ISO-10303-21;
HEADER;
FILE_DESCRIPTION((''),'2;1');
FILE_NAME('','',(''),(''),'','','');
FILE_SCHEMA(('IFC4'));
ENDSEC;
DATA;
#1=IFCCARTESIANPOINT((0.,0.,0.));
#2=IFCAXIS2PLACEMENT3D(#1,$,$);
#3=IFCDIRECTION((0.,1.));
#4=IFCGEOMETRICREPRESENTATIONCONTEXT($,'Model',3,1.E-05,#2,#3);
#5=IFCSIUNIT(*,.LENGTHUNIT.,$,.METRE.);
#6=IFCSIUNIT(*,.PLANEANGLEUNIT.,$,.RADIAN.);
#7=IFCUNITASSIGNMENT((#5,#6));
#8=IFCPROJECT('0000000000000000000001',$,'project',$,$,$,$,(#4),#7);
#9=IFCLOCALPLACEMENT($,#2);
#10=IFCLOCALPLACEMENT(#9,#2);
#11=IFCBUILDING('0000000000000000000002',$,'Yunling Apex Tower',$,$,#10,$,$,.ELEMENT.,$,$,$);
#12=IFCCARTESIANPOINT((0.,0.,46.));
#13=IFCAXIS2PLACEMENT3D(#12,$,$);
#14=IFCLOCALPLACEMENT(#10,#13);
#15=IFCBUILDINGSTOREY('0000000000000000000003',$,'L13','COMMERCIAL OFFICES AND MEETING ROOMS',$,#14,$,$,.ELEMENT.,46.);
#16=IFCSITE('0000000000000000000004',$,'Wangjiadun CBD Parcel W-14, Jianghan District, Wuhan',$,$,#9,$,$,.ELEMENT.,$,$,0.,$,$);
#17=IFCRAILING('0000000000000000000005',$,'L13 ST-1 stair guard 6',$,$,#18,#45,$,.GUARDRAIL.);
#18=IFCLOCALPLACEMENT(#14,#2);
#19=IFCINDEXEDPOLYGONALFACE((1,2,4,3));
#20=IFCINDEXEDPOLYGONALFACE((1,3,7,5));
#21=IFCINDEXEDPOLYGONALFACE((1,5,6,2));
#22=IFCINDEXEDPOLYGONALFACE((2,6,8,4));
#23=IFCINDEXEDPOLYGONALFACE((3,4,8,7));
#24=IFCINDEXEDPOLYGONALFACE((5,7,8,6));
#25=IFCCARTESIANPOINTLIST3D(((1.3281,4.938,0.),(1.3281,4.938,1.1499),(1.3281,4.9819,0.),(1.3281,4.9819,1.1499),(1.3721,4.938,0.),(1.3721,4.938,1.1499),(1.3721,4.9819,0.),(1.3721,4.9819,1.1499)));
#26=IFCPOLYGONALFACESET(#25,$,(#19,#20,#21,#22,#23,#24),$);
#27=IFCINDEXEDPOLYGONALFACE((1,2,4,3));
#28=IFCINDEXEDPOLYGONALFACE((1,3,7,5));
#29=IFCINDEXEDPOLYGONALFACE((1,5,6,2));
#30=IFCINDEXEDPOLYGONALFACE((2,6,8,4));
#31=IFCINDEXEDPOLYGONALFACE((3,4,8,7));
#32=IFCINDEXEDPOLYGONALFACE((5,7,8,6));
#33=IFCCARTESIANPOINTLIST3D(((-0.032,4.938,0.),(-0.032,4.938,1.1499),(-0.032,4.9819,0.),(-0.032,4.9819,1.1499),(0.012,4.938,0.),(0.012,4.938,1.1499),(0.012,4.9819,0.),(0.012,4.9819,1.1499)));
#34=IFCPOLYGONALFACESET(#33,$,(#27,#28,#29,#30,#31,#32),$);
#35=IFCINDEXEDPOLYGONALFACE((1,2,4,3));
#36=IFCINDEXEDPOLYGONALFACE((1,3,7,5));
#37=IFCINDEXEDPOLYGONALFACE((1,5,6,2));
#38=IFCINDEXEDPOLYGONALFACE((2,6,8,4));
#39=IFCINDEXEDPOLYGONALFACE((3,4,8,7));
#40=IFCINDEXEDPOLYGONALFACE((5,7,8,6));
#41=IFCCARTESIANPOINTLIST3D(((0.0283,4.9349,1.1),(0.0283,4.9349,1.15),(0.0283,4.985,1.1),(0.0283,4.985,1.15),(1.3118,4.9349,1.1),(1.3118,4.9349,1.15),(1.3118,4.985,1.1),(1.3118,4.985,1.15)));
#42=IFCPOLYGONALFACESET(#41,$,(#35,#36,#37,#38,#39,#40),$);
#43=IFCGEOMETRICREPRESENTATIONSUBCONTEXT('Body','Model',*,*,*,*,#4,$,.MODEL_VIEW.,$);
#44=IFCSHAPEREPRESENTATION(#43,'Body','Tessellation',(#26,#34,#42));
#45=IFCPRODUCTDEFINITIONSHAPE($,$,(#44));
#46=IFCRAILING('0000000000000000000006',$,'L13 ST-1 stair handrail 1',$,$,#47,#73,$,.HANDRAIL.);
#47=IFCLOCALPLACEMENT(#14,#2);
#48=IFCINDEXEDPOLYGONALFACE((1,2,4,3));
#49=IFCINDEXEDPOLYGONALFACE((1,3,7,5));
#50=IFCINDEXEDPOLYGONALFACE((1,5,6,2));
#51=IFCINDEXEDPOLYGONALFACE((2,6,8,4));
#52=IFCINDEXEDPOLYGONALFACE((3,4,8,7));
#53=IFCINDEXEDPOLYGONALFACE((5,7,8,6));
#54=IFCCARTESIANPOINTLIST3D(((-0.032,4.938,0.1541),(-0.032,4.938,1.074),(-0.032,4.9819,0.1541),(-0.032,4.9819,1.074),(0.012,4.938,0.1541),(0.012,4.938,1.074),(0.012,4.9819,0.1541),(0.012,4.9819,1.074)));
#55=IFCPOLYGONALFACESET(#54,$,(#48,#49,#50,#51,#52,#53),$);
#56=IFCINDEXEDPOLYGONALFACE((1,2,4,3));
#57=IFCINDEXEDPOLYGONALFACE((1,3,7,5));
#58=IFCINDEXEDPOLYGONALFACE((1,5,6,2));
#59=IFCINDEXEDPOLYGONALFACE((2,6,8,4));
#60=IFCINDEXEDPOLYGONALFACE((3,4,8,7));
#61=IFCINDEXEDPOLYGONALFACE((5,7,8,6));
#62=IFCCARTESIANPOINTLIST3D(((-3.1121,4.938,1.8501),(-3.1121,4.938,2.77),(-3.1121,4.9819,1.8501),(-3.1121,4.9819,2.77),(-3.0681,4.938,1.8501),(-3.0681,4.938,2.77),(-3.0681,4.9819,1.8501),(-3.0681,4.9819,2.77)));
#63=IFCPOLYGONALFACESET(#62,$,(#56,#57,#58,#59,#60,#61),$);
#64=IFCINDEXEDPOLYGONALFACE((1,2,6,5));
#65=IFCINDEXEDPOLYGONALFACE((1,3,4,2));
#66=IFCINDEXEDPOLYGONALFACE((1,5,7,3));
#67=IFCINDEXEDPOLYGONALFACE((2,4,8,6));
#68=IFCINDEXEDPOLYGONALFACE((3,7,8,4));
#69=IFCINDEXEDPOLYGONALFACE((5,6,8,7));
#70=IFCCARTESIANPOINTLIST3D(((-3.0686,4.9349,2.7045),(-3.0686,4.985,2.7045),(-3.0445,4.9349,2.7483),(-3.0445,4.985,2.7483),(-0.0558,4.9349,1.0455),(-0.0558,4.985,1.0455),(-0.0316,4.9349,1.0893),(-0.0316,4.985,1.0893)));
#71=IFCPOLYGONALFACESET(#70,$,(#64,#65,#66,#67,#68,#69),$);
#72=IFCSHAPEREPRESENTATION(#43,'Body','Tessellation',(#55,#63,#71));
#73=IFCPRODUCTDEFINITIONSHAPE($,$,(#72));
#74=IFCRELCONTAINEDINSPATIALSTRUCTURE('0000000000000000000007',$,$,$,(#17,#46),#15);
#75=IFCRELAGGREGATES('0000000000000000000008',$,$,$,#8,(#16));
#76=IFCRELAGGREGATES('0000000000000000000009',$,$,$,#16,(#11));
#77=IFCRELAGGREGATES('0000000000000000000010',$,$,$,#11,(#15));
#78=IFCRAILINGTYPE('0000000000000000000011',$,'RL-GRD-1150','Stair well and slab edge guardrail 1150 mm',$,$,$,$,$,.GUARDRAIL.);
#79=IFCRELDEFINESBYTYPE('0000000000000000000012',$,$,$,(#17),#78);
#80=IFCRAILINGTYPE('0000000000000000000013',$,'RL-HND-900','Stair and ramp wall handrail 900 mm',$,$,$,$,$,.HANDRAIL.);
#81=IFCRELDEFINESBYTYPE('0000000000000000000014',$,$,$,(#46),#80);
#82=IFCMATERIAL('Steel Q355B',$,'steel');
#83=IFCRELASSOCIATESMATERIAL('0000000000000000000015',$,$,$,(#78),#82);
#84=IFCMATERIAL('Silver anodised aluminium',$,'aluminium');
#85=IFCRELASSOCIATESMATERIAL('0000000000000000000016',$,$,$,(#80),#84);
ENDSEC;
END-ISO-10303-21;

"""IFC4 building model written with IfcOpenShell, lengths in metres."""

from ifc_helpers import new_model, si_unit, direction, frame, origin, origin_2d, place, context, subcontext, project, spatial, rectangle, extrude, material, type_object, element, save


model = new_model("IFC4")

# Units and contexts
model_context = context("Model", 3, precision=1e-05, world=origin(), true_north=direction((0.0, 1.0)))
body_context = subcontext(model_context, "Body", "Model", "MODEL_VIEW")
ifc_project = project(units=[si_unit("LENGTHUNIT", "METRE"), si_unit("PLANEANGLEUNIT", "RADIAN")], contexts=[model_context])

# Site, building, storey
site_placement = place(None, origin())
site = spatial("IfcSite", under=ifc_project, at=site_placement, Name="Wangjiadun CBD Parcel W-14, Jianghan District, Wuhan", CompositionType="ELEMENT", RefElevation=0.0)
building_placement = place(site_placement, origin())
building = spatial("IfcBuilding", under=site, at=building_placement, Name="Yunling Apex Tower", CompositionType="ELEMENT")
storey_placement = place(building_placement, frame((0.0, 0.0, 46.0)))
storey = spatial("IfcBuildingStorey", under=building, at=storey_placement, Name="L13", Description="COMMERCIAL OFFICES AND MEETING ROOMS", CompositionType="ELEMENT", Elevation=46.0)

# Shared definitions
ifc_material_1 = material(Name="Steel Q355B", Category="steel")

# Railings
railing_type_1 = type_object("IfcRailingType", Name="RL-GRD-1150", Description="Stair well and slab edge guardrail 1150 mm", PredefinedType="GUARDRAIL", material=ifc_material_1)
railing_1_placement = place(storey_placement, frame((1.3501, 4.96, 0.0)))
element("IfcRailing", 1, at=railing_1_placement, inside=storey, type_object=railing_type_1, Name="L13 ST-1 stair guard 6", PredefinedType="GUARDRAIL", context=body_context, shape_type="SweptSolid", body=[
    extrude(rectangle(XDim=0.0439, YDim=0.0439, at=origin_2d()), origin(), (0.0, 0.0, 1.0), 1.1499),
    extrude(rectangle(XDim=0.0439, YDim=0.0439, at=origin_2d()), frame((-1.3601, 0.0, 0.0)), (0.0, 0.0, 1.0), 1.1499),
    extrude(rectangle(XDim=0.05, YDim=0.05, at=origin_2d()), frame((-0.0383, 0.0, 1.125), z_axis=(-1.0, 0.0, 0.0), x_axis=(0.0, -1.0, 0.0)), (0.0, 0.0, 1.0), 1.2834),
])
ifc_material_2 = material(Name="Silver anodised aluminium", Category="aluminium")
railing_type_2 = type_object("IfcRailingType", Name="RL-HND-900", Description="Stair and ramp wall handrail 900 mm", PredefinedType="HANDRAIL", material=ifc_material_2)
railing_2_placement = place(storey_placement, frame((-0.01, 4.96, 0.1541)))
element("IfcRailing", 2, at=railing_2_placement, inside=storey, type_object=railing_type_2, Name="L13 ST-1 stair handrail 1", PredefinedType="HANDRAIL", context=body_context, shape_type="SweptSolid", body=[
    extrude(rectangle(XDim=0.0439, YDim=0.0439, at=origin_2d()), origin(), (0.0, 0.0, 1.0), 0.9199),
    extrude(rectangle(XDim=0.0439, YDim=0.0439, at=origin_2d()), frame((-3.0801, 0.0, 1.696)), (0.0, 0.0, 1.0), 0.9199),
    extrude(rectangle(XDim=0.05, YDim=0.05, at=origin_2d()), frame((-0.0337, 0.0, 0.9133), z_axis=(-0.875975, 0.0, 0.482356), x_axis=(0.0, -1.0, 0.0)), (0.0, 0.0, 1.0), 3.4395),
])

save(model, "model.ifc")
